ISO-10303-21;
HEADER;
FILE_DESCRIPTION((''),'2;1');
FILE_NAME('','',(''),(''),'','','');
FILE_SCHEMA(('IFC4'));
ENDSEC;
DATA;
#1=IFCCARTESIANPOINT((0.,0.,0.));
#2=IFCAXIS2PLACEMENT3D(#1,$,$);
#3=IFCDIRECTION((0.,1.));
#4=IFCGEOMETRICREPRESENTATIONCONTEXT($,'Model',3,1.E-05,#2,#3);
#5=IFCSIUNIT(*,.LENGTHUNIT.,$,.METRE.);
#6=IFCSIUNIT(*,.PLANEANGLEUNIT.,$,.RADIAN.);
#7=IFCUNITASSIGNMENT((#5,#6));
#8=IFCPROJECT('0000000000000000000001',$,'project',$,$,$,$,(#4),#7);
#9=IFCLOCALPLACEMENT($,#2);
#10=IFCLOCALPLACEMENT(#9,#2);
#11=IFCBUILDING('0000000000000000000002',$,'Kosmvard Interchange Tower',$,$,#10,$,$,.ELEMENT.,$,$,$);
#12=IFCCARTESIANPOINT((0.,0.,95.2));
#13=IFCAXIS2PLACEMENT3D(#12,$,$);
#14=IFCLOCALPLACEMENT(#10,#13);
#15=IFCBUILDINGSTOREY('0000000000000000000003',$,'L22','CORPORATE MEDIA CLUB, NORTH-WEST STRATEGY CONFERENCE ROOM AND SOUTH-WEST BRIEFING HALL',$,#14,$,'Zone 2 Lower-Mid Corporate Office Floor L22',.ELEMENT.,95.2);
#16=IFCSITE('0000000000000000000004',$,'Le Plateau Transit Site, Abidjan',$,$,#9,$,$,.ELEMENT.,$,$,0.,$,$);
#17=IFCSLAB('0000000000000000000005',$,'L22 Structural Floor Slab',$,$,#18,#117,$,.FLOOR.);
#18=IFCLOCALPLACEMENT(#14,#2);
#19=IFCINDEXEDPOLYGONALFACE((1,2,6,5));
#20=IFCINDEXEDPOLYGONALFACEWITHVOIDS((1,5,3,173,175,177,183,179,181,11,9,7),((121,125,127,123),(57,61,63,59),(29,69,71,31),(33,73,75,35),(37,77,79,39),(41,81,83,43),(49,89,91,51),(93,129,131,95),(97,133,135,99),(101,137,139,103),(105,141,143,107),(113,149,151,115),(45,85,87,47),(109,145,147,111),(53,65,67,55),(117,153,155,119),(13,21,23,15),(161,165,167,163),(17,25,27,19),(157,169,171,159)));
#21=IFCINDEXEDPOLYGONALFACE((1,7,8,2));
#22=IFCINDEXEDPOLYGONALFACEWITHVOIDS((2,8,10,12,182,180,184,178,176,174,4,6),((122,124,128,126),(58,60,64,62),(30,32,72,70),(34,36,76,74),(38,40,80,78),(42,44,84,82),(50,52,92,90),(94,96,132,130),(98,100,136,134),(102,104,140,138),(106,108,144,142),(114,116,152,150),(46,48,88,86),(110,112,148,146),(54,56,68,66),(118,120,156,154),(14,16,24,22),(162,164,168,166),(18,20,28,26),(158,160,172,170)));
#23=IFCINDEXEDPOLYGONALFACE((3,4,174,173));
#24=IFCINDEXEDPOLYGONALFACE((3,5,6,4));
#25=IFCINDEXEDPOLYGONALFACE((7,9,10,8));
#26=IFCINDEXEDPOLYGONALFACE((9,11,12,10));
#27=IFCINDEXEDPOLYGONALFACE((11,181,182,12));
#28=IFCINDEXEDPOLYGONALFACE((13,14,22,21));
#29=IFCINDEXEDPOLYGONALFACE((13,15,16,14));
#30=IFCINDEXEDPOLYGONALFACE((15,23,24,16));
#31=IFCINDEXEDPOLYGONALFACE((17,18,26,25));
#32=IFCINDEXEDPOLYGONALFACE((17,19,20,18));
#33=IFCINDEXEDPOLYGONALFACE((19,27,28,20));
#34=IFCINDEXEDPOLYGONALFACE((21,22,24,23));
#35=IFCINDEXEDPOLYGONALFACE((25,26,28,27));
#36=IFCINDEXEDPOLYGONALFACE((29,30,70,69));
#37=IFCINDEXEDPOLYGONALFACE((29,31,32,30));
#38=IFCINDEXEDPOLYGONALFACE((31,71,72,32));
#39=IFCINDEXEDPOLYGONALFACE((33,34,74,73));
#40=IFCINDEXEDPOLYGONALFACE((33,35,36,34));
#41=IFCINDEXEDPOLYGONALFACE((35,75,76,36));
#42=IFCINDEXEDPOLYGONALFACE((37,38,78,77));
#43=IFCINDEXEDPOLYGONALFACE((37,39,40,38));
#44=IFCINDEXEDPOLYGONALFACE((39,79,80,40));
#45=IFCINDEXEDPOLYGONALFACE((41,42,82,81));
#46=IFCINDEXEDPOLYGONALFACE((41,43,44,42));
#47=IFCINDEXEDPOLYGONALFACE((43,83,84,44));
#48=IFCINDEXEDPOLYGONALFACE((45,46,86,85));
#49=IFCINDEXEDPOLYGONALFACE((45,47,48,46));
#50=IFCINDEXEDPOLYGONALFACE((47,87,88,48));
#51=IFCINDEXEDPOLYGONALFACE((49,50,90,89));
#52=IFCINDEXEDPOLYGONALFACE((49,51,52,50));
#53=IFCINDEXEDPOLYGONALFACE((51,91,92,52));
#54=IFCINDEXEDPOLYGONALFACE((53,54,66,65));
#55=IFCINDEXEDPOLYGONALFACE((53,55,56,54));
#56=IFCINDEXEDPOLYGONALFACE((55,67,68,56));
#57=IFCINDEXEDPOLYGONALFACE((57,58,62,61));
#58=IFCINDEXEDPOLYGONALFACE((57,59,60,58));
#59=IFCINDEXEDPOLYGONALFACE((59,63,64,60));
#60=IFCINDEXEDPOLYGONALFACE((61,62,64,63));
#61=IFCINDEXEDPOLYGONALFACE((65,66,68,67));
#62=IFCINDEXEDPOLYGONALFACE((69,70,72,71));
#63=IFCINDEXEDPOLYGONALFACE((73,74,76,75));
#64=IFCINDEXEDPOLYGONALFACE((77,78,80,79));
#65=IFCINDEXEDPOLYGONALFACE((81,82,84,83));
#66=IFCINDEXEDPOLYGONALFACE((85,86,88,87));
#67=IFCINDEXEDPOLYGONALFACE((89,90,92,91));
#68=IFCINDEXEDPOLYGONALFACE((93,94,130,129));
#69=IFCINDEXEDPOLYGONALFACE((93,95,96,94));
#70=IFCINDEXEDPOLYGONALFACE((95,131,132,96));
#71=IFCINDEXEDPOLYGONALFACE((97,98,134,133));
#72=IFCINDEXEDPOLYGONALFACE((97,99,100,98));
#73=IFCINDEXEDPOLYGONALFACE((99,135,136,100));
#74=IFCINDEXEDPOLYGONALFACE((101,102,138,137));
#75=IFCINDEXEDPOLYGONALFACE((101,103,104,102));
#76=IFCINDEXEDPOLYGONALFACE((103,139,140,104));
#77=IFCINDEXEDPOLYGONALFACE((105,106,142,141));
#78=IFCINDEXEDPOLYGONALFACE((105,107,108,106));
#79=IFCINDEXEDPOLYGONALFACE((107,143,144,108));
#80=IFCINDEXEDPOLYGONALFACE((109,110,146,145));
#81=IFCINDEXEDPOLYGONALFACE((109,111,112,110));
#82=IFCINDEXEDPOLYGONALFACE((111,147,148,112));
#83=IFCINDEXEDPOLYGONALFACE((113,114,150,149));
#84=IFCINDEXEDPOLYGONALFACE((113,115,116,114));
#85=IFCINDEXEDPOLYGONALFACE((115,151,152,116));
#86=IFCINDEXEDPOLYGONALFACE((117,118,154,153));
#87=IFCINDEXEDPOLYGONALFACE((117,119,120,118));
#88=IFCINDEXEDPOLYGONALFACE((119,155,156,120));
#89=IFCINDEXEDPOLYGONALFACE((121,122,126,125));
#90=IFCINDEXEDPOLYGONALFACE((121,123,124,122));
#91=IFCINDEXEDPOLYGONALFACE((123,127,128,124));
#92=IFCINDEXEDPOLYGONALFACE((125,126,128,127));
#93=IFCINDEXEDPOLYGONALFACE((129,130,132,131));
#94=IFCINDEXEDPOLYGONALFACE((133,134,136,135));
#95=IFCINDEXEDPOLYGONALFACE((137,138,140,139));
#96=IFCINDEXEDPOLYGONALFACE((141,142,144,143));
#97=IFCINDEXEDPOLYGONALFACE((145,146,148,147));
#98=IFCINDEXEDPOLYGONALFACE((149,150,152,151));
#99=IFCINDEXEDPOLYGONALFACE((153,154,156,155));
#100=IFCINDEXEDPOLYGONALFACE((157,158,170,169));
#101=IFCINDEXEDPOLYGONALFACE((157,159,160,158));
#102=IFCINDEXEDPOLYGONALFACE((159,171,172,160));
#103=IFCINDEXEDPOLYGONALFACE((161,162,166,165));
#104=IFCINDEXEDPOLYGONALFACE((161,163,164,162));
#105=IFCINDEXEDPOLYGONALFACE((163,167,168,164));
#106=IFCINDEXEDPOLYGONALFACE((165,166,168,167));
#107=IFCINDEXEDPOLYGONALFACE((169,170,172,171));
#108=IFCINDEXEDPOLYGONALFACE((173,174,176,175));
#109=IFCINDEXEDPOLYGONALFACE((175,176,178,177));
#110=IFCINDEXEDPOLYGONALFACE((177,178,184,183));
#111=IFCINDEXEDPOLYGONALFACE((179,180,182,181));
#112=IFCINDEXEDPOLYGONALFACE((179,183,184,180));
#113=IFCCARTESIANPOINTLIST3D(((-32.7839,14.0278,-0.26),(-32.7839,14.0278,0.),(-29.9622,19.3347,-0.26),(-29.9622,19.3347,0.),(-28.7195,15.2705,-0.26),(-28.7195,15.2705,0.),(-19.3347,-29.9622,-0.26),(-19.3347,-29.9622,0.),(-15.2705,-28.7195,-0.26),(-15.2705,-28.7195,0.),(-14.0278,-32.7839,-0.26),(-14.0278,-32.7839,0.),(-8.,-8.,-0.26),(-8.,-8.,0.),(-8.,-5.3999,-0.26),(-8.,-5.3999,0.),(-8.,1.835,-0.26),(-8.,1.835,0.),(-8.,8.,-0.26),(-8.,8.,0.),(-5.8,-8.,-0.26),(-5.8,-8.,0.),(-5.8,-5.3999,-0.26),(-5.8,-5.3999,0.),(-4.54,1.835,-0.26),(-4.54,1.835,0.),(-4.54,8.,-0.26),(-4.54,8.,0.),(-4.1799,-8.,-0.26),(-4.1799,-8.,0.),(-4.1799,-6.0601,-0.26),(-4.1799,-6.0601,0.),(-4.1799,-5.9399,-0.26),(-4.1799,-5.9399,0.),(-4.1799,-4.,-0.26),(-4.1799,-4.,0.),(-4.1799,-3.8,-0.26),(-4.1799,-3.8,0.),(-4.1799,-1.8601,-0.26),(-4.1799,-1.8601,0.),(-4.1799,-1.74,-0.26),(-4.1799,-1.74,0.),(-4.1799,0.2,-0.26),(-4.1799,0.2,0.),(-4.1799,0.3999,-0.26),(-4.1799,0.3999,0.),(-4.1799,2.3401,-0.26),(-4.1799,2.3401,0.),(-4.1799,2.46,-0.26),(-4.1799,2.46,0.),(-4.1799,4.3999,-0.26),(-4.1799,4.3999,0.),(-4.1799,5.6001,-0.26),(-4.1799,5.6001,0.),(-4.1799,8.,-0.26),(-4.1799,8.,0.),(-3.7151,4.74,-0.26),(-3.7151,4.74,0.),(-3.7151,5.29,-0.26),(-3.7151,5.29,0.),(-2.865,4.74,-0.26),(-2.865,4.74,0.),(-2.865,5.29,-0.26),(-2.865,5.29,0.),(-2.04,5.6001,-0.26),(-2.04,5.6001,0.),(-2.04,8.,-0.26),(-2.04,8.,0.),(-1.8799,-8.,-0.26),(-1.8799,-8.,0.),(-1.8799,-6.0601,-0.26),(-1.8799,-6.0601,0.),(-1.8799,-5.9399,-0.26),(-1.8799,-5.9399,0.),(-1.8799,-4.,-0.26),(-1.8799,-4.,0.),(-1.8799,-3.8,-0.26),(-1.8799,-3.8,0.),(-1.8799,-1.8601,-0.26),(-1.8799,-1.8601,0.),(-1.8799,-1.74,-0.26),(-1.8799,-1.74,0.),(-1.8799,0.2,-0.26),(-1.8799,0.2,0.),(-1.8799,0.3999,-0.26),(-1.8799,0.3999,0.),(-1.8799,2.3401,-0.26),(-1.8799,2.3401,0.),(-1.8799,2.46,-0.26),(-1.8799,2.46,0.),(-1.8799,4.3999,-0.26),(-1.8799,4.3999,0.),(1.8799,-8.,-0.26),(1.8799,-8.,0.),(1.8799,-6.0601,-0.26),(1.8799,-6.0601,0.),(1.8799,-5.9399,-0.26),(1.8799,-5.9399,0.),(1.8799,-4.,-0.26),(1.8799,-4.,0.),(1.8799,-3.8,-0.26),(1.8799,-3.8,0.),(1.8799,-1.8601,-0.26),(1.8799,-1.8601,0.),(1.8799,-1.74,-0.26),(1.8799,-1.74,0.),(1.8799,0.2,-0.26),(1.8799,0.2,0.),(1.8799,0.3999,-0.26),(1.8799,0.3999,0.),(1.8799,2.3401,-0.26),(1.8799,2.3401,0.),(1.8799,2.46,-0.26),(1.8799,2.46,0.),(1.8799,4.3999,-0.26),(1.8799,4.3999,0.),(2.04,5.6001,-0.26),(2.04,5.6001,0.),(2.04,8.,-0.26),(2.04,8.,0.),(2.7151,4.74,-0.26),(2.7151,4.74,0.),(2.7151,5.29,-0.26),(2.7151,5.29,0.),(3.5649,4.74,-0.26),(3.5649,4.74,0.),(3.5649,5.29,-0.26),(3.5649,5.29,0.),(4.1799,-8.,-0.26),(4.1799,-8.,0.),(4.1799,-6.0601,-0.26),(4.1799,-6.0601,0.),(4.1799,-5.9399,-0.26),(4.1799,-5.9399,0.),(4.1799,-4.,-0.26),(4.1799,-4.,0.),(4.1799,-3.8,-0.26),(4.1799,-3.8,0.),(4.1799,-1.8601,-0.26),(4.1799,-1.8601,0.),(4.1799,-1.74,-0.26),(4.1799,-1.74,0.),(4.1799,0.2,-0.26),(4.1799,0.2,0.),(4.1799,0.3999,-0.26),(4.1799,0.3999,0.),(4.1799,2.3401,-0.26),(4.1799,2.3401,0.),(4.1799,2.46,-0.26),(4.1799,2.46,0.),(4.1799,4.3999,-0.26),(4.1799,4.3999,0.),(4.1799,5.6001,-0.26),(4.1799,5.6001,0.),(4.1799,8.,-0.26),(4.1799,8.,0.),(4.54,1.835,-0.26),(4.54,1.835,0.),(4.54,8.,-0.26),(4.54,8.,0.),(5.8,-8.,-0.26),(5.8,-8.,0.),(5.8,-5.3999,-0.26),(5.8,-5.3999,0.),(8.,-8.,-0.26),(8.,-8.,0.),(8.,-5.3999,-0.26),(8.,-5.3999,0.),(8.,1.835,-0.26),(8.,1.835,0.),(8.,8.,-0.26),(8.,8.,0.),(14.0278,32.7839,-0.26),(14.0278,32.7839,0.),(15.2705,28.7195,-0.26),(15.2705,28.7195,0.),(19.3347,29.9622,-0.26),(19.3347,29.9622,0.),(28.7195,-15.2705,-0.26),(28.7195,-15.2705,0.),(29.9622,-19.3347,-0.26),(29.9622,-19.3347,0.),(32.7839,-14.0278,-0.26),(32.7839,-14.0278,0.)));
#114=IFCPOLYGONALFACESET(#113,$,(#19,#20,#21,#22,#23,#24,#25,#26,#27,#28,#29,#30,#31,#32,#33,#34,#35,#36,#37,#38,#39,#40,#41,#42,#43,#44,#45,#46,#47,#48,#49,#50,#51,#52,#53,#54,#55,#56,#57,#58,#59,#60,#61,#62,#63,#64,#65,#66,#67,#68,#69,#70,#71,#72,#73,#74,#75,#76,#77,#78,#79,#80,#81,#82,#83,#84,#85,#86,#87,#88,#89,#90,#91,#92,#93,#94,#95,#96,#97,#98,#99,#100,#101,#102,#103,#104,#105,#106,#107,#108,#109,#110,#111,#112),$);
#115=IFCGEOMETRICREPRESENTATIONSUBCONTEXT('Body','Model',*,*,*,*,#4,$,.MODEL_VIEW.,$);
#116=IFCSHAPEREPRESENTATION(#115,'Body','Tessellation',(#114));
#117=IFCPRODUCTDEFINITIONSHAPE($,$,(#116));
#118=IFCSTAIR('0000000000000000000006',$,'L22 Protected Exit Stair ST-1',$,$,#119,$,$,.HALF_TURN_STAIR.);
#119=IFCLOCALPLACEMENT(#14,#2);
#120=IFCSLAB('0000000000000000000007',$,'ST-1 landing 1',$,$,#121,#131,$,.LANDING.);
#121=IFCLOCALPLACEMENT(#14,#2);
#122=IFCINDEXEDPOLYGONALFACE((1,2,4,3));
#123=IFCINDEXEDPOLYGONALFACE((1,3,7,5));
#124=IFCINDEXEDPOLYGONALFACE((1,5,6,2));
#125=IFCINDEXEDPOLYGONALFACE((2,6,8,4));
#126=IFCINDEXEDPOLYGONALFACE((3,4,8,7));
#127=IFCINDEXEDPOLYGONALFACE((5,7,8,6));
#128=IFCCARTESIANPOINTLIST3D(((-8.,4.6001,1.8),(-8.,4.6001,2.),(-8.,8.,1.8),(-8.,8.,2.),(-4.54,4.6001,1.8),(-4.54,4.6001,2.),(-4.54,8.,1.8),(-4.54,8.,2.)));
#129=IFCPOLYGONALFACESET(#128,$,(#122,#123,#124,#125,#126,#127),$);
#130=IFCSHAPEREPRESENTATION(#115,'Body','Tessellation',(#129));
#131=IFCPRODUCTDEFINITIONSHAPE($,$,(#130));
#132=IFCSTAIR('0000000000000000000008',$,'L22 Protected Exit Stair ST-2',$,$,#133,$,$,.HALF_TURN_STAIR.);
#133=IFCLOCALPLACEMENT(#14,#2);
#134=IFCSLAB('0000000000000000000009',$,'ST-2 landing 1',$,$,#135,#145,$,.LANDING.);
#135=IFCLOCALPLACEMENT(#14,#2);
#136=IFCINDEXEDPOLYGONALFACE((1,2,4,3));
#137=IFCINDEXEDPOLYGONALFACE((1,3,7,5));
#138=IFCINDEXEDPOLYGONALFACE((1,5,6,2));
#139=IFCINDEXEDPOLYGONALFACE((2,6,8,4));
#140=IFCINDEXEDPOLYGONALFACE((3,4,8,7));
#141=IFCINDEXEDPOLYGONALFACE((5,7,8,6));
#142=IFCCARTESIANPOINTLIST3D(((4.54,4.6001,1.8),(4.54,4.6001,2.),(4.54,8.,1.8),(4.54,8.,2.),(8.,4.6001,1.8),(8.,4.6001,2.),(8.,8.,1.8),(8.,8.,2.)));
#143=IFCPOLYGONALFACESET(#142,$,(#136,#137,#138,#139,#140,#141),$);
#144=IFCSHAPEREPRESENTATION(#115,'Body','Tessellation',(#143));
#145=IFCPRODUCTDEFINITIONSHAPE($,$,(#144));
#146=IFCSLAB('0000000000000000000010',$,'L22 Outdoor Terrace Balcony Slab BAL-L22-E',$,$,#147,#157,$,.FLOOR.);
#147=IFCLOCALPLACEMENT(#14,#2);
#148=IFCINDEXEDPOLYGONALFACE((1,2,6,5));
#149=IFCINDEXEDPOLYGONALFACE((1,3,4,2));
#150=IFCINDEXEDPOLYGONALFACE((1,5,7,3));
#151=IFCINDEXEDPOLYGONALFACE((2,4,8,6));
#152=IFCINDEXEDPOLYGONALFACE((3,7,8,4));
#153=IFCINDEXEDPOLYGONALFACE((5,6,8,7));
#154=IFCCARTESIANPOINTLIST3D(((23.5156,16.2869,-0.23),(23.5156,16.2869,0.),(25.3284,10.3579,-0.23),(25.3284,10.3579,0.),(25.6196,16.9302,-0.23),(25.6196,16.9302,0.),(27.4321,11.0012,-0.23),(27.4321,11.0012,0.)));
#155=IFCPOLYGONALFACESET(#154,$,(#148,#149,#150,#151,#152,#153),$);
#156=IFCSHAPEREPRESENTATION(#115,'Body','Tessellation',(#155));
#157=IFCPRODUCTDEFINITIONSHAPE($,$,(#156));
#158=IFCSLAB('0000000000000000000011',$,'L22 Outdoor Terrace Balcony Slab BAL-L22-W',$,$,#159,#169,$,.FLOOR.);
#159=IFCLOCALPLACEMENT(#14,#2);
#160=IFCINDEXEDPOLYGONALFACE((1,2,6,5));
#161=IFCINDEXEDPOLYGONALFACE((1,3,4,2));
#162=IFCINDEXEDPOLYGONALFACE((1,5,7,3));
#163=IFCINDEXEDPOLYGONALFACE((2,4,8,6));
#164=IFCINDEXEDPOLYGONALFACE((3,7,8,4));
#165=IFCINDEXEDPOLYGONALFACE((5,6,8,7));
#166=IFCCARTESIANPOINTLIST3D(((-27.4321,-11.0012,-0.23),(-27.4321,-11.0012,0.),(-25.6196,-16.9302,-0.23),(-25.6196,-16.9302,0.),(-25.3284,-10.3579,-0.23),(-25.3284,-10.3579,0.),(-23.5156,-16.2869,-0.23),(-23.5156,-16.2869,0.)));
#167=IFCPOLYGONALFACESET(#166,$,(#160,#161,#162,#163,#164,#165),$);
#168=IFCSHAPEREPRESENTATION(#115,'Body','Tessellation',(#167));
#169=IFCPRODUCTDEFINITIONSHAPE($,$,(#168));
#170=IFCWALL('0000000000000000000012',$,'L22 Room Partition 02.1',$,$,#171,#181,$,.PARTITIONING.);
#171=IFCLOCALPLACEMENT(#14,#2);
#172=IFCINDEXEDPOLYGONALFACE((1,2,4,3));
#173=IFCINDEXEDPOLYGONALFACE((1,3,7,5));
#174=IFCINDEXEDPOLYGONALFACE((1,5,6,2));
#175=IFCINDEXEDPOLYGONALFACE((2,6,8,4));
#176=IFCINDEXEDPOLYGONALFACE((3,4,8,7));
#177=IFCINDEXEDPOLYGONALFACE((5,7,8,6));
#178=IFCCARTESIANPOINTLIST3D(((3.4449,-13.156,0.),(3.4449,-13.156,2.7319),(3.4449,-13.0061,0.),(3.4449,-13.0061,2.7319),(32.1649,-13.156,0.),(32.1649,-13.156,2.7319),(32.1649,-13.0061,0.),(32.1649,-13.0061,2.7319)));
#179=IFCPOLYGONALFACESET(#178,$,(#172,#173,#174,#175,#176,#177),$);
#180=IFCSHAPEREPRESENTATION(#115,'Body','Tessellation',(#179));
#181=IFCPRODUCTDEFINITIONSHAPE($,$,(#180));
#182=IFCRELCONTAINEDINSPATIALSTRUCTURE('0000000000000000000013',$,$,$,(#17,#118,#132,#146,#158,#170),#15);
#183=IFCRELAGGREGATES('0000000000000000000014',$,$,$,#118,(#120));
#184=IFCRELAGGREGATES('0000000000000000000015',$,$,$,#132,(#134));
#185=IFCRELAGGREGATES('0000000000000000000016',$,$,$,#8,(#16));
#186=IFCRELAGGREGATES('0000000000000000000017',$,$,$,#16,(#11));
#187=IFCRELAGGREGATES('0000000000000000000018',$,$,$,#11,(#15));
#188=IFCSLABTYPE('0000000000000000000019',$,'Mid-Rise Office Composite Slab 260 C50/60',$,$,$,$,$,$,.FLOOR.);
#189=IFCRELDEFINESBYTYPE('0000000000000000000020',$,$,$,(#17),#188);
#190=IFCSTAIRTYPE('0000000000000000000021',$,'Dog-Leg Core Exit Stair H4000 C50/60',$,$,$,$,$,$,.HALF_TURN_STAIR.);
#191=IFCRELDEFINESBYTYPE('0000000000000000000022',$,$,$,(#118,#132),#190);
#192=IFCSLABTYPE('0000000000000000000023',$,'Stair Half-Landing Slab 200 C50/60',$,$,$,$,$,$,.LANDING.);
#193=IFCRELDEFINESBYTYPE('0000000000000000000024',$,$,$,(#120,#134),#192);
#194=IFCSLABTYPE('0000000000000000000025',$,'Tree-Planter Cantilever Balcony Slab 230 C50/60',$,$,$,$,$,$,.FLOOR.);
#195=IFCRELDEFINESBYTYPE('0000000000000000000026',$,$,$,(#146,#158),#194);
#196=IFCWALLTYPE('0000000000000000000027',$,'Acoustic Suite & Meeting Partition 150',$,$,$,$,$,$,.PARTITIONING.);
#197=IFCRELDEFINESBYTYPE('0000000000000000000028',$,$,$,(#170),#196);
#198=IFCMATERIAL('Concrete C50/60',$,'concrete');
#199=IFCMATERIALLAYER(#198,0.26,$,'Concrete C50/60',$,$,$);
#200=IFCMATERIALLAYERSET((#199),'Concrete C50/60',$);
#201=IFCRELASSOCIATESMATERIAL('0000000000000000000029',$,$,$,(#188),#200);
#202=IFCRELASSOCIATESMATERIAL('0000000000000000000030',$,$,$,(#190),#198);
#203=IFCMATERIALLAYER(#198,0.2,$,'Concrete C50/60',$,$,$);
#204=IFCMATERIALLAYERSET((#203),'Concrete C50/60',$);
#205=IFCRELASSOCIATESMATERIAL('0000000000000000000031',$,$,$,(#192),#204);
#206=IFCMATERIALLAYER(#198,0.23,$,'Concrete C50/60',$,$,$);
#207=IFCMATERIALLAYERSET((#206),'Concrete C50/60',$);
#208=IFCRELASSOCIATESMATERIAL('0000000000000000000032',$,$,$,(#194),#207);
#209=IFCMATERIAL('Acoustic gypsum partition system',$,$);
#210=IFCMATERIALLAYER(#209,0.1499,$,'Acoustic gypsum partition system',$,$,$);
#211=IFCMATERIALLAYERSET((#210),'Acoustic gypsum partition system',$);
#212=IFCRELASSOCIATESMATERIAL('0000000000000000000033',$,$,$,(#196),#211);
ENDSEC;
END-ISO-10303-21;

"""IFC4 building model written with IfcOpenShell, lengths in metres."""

from ifc_helpers import new_model, si_unit, direction, frame, frame_2d, origin, place, context, subcontext, project, spatial, polyline, rectangle, outline, extrude, material, layer, layer_set, type_object, element, aggregate, save


model = new_model("IFC4")

# Units and contexts
model_context = context("Model", 3, precision=1e-05, world=origin(), true_north=direction((0.0, 1.0)))
body_context = subcontext(model_context, "Body", "Model", "MODEL_VIEW")
ifc_project = project(units=[si_unit("LENGTHUNIT", "METRE"), si_unit("PLANEANGLEUNIT", "RADIAN")], contexts=[model_context])

# Site, building, storey
site_placement = place(None, origin())
site = spatial("IfcSite", under=ifc_project, at=site_placement, Name="Le Plateau Transit Site, Abidjan", CompositionType="ELEMENT", RefElevation=0.0)
building_placement = place(site_placement, origin())
building = spatial("IfcBuilding", under=site, at=building_placement, Name="Kosmvard Interchange Tower", CompositionType="ELEMENT")
storey_placement = place(building_placement, frame((0.0, 0.0, 95.2)))
storey = spatial("IfcBuildingStorey", under=building, at=storey_placement, Name="L22", Description="CORPORATE MEDIA CLUB, NORTH-WEST STRATEGY CONFERENCE ROOM AND SOUTH-WEST BRIEFING HALL", LongName="Zone 2 Lower-Mid Corporate Office Floor L22", CompositionType="ELEMENT", Elevation=95.2)

# Slab
ifc_material_1 = material(Name="Concrete C50/60", Category="concrete")
ifc_layer_1 = layer(ifc_material_1, 0.26, Name="Concrete C50/60")
ifc_layer_set_1 = layer_set([ifc_layer_1], Name="Concrete C50/60")
slab_type_1 = type_object("IfcSlabType", Name="Mid-Rise Office Composite Slab 260 C50/60", PredefinedType="FLOOR", material=ifc_layer_set_1)
slab_1_placement = place(storey_placement, frame((0.0, 0.0, -0.26)))
element("IfcSlab", 1, at=slab_1_placement, inside=storey, type_object=slab_type_1, Name="L22 Structural Floor Slab", PredefinedType="FLOOR", context=body_context, shape_type="SweptSolid", body=[
    extrude(outline(polyline([(-14.0278, -32.7839), (29.9622, -19.3347), (28.7195, -15.2705), (32.7839, -14.0278), (19.3347, 29.9622), (15.2705, 28.7195), (14.0278, 32.7839), (-29.9622, 19.3347), (-28.7195, 15.2705), (-32.7839, 14.0278), (-19.3347, -29.9622), (-15.2705, -28.7195), (-14.0278, -32.7839)]), holes=[polyline([(-8.0, 1.835), (-4.54, 1.835), (-4.54, 8.0), (-8.0, 8.0), (-8.0, 1.835)]), polyline([(4.54, 1.835), (8.0, 1.835), (8.0, 8.0), (4.54, 8.0), (4.54, 1.835)]), polyline([(-8.0, -8.0), (-5.8, -8.0), (-5.8, -5.3999), (-8.0, -5.3999), (-8.0, -8.0)]), polyline([(5.8, -8.0), (8.0, -8.0), (8.0, -5.3999), (5.8, -5.3999), (5.8, -8.0)]), polyline([(-4.1799, -8.0), (-1.8799, -8.0), (-1.8799, -6.0601), (-4.1799, -6.0601), (-4.1799, -8.0)]), polyline([(-4.1799, -5.9399), (-1.8799, -5.9399), (-1.8799, -4.0), (-4.1799, -4.0), (-4.1799, -5.9399)]), polyline([(1.8799, -8.0), (4.1799, -8.0), (4.1799, -6.0601), (1.8799, -6.0601), (1.8799, -8.0)]), polyline([(1.8799, -5.9399), (4.1799, -5.9399), (4.1799, -4.0), (1.8799, -4.0), (1.8799, -5.9399)]), polyline([(-4.1799, -3.8), (-1.8799, -3.8), (-1.8799, -1.8601), (-4.1799, -1.8601), (-4.1799, -3.8)]), polyline([(-4.1799, -1.74), (-1.8799, -1.74), (-1.8799, 0.2), (-4.1799, 0.2), (-4.1799, -1.74)]), polyline([(1.8799, -3.8), (4.1799, -3.8), (4.1799, -1.8601), (1.8799, -1.8601), (1.8799, -3.8)]), polyline([(1.8799, -1.74), (4.1799, -1.74), (4.1799, 0.2), (1.8799, 0.2), (1.8799, -1.74)]), polyline([(-4.1799, 0.3999), (-1.8799, 0.3999), (-1.8799, 2.3401), (-4.1799, 2.3401), (-4.1799, 0.3999)]), polyline([(-4.1799, 2.46), (-1.8799, 2.46), (-1.8799, 4.3999), (-4.1799, 4.3999), (-4.1799, 2.46)]), polyline([(1.8799, 0.3999), (4.1799, 0.3999), (4.1799, 2.3401), (1.8799, 2.3401), (1.8799, 0.3999)]), polyline([(1.8799, 2.46), (4.1799, 2.46), (4.1799, 4.3999), (1.8799, 4.3999), (1.8799, 2.46)]), polyline([(-4.1799, 5.6001), (-2.04, 5.6001), (-2.04, 8.0), (-4.1799, 8.0), (-4.1799, 5.6001)]), polyline([(2.04, 5.6001), (4.1799, 5.6001), (4.1799, 8.0), (2.04, 8.0), (2.04, 5.6001)]), polyline([(-3.7151, 4.74), (-2.865, 4.74), (-2.865, 5.29), (-3.7151, 5.29), (-3.7151, 4.74)]), polyline([(2.7151, 4.74), (3.5649, 4.74), (3.5649, 5.29), (2.7151, 5.29), (2.7151, 4.74)])]), origin(), (0.0, 0.0, 1.0), 0.26),
])

# Stairs, slabs
stair_type = type_object("IfcStairType", Name="Dog-Leg Core Exit Stair H4000 C50/60", PredefinedType="HALF_TURN_STAIR", material=ifc_material_1)
stair_1_placement = place(storey_placement, origin())
stair_1 = element("IfcStair", 2, at=stair_1_placement, inside=storey, type_object=stair_type, Name="L22 Protected Exit Stair ST-1", PredefinedType="HALF_TURN_STAIR")
ifc_layer_2 = layer(ifc_material_1, 0.2, Name="Concrete C50/60")
ifc_layer_set_2 = layer_set([ifc_layer_2], Name="Concrete C50/60")
slab_type_2 = type_object("IfcSlabType", Name="Stair Half-Landing Slab 200 C50/60", PredefinedType="LANDING", material=ifc_layer_set_2)
slab_2_placement = place(storey_placement, frame((0.0, 0.0, 1.8)))
slab_2 = element("IfcSlab", 3, at=slab_2_placement, type_object=slab_type_2, Name="ST-1 landing 1", PredefinedType="LANDING", context=body_context, shape_type="SweptSolid", body=[
    extrude(outline(polyline([(-4.54, 4.6001), (-4.54, 8.0), (-8.0, 8.0), (-8.0, 4.6001), (-4.54, 4.6001)])), origin(), (0.0, 0.0, 1.0), 0.2),
])
aggregate(stair_1, [slab_2])
stair_2_placement = place(storey_placement, origin())
stair_2 = element("IfcStair", 4, at=stair_2_placement, inside=storey, type_object=stair_type, Name="L22 Protected Exit Stair ST-2", PredefinedType="HALF_TURN_STAIR")
slab_3_placement = place(storey_placement, frame((0.0, 0.0, 1.8)))
slab_3 = element("IfcSlab", 5, at=slab_3_placement, type_object=slab_type_2, Name="ST-2 landing 1", PredefinedType="LANDING", context=body_context, shape_type="SweptSolid", body=[
    extrude(outline(polyline([(8.0, 4.6001), (8.0, 8.0), (4.54, 8.0), (4.54, 4.6001), (8.0, 4.6001)])), origin(), (0.0, 0.0, 1.0), 0.2),
])
aggregate(stair_2, [slab_3])

# Slabs
ifc_layer_3 = layer(ifc_material_1, 0.23, Name="Concrete C50/60")
ifc_layer_set_3 = layer_set([ifc_layer_3], Name="Concrete C50/60")
slab_type_3 = type_object("IfcSlabType", Name="Tree-Planter Cantilever Balcony Slab 230 C50/60", PredefinedType="FLOOR", material=ifc_layer_set_3)
slab_4_placement = place(storey_placement, frame((0.0, 0.0, -0.23)))
element("IfcSlab", 6, at=slab_4_placement, inside=storey, type_object=slab_type_3, Name="L22 Outdoor Terrace Balcony Slab BAL-L22-E", PredefinedType="FLOOR", context=body_context, shape_type="SweptSolid", body=[
    extrude(outline(polyline([(25.3284, 10.3579), (27.4321, 11.0012), (25.6196, 16.9302), (23.5156, 16.2869), (25.3284, 10.3579)])), origin(), (0.0, 0.0, 1.0), 0.23),
])
slab_5_placement = place(storey_placement, frame((0.0, 0.0, -0.23)))
element("IfcSlab", 7, at=slab_5_placement, inside=storey, type_object=slab_type_3, Name="L22 Outdoor Terrace Balcony Slab BAL-L22-W", PredefinedType="FLOOR", context=body_context, shape_type="SweptSolid", body=[
    extrude(outline(polyline([(-25.6196, -16.9302), (-23.5156, -16.2869), (-25.3284, -10.3579), (-27.4321, -11.0012), (-25.6196, -16.9302)])), origin(), (0.0, 0.0, 1.0), 0.23),
])

# Wall
ifc_material_2 = material(Name="Acoustic gypsum partition system")
ifc_layer_4 = layer(ifc_material_2, 0.1499, Name="Acoustic gypsum partition system")
ifc_layer_set_4 = layer_set([ifc_layer_4], Name="Acoustic gypsum partition system")
wall_type_1 = type_object("IfcWallType", Name="Acoustic Suite & Meeting Partition 150", PredefinedType="PARTITIONING", material=ifc_layer_set_4)
wall_1_placement = place(storey_placement, frame((3.4451, -13.0811, 0.0), z_axis=(0.0, 0.0, 1.0), x_axis=(1.0, 0.0, 0.0)))
element("IfcWall", 8, at=wall_1_placement, inside=storey, type_object=wall_type_1, Name="L22 Room Partition 02.1", PredefinedType="PARTITIONING", context=body_context, shape_type="SweptSolid", body=[
    extrude(rectangle(XDim=28.72, YDim=0.1499, at=frame_2d((14.3599, 0.0))), origin(), (0.0, 0.0, 1.0), 2.7319),
])

save(model, "model.ifc")
